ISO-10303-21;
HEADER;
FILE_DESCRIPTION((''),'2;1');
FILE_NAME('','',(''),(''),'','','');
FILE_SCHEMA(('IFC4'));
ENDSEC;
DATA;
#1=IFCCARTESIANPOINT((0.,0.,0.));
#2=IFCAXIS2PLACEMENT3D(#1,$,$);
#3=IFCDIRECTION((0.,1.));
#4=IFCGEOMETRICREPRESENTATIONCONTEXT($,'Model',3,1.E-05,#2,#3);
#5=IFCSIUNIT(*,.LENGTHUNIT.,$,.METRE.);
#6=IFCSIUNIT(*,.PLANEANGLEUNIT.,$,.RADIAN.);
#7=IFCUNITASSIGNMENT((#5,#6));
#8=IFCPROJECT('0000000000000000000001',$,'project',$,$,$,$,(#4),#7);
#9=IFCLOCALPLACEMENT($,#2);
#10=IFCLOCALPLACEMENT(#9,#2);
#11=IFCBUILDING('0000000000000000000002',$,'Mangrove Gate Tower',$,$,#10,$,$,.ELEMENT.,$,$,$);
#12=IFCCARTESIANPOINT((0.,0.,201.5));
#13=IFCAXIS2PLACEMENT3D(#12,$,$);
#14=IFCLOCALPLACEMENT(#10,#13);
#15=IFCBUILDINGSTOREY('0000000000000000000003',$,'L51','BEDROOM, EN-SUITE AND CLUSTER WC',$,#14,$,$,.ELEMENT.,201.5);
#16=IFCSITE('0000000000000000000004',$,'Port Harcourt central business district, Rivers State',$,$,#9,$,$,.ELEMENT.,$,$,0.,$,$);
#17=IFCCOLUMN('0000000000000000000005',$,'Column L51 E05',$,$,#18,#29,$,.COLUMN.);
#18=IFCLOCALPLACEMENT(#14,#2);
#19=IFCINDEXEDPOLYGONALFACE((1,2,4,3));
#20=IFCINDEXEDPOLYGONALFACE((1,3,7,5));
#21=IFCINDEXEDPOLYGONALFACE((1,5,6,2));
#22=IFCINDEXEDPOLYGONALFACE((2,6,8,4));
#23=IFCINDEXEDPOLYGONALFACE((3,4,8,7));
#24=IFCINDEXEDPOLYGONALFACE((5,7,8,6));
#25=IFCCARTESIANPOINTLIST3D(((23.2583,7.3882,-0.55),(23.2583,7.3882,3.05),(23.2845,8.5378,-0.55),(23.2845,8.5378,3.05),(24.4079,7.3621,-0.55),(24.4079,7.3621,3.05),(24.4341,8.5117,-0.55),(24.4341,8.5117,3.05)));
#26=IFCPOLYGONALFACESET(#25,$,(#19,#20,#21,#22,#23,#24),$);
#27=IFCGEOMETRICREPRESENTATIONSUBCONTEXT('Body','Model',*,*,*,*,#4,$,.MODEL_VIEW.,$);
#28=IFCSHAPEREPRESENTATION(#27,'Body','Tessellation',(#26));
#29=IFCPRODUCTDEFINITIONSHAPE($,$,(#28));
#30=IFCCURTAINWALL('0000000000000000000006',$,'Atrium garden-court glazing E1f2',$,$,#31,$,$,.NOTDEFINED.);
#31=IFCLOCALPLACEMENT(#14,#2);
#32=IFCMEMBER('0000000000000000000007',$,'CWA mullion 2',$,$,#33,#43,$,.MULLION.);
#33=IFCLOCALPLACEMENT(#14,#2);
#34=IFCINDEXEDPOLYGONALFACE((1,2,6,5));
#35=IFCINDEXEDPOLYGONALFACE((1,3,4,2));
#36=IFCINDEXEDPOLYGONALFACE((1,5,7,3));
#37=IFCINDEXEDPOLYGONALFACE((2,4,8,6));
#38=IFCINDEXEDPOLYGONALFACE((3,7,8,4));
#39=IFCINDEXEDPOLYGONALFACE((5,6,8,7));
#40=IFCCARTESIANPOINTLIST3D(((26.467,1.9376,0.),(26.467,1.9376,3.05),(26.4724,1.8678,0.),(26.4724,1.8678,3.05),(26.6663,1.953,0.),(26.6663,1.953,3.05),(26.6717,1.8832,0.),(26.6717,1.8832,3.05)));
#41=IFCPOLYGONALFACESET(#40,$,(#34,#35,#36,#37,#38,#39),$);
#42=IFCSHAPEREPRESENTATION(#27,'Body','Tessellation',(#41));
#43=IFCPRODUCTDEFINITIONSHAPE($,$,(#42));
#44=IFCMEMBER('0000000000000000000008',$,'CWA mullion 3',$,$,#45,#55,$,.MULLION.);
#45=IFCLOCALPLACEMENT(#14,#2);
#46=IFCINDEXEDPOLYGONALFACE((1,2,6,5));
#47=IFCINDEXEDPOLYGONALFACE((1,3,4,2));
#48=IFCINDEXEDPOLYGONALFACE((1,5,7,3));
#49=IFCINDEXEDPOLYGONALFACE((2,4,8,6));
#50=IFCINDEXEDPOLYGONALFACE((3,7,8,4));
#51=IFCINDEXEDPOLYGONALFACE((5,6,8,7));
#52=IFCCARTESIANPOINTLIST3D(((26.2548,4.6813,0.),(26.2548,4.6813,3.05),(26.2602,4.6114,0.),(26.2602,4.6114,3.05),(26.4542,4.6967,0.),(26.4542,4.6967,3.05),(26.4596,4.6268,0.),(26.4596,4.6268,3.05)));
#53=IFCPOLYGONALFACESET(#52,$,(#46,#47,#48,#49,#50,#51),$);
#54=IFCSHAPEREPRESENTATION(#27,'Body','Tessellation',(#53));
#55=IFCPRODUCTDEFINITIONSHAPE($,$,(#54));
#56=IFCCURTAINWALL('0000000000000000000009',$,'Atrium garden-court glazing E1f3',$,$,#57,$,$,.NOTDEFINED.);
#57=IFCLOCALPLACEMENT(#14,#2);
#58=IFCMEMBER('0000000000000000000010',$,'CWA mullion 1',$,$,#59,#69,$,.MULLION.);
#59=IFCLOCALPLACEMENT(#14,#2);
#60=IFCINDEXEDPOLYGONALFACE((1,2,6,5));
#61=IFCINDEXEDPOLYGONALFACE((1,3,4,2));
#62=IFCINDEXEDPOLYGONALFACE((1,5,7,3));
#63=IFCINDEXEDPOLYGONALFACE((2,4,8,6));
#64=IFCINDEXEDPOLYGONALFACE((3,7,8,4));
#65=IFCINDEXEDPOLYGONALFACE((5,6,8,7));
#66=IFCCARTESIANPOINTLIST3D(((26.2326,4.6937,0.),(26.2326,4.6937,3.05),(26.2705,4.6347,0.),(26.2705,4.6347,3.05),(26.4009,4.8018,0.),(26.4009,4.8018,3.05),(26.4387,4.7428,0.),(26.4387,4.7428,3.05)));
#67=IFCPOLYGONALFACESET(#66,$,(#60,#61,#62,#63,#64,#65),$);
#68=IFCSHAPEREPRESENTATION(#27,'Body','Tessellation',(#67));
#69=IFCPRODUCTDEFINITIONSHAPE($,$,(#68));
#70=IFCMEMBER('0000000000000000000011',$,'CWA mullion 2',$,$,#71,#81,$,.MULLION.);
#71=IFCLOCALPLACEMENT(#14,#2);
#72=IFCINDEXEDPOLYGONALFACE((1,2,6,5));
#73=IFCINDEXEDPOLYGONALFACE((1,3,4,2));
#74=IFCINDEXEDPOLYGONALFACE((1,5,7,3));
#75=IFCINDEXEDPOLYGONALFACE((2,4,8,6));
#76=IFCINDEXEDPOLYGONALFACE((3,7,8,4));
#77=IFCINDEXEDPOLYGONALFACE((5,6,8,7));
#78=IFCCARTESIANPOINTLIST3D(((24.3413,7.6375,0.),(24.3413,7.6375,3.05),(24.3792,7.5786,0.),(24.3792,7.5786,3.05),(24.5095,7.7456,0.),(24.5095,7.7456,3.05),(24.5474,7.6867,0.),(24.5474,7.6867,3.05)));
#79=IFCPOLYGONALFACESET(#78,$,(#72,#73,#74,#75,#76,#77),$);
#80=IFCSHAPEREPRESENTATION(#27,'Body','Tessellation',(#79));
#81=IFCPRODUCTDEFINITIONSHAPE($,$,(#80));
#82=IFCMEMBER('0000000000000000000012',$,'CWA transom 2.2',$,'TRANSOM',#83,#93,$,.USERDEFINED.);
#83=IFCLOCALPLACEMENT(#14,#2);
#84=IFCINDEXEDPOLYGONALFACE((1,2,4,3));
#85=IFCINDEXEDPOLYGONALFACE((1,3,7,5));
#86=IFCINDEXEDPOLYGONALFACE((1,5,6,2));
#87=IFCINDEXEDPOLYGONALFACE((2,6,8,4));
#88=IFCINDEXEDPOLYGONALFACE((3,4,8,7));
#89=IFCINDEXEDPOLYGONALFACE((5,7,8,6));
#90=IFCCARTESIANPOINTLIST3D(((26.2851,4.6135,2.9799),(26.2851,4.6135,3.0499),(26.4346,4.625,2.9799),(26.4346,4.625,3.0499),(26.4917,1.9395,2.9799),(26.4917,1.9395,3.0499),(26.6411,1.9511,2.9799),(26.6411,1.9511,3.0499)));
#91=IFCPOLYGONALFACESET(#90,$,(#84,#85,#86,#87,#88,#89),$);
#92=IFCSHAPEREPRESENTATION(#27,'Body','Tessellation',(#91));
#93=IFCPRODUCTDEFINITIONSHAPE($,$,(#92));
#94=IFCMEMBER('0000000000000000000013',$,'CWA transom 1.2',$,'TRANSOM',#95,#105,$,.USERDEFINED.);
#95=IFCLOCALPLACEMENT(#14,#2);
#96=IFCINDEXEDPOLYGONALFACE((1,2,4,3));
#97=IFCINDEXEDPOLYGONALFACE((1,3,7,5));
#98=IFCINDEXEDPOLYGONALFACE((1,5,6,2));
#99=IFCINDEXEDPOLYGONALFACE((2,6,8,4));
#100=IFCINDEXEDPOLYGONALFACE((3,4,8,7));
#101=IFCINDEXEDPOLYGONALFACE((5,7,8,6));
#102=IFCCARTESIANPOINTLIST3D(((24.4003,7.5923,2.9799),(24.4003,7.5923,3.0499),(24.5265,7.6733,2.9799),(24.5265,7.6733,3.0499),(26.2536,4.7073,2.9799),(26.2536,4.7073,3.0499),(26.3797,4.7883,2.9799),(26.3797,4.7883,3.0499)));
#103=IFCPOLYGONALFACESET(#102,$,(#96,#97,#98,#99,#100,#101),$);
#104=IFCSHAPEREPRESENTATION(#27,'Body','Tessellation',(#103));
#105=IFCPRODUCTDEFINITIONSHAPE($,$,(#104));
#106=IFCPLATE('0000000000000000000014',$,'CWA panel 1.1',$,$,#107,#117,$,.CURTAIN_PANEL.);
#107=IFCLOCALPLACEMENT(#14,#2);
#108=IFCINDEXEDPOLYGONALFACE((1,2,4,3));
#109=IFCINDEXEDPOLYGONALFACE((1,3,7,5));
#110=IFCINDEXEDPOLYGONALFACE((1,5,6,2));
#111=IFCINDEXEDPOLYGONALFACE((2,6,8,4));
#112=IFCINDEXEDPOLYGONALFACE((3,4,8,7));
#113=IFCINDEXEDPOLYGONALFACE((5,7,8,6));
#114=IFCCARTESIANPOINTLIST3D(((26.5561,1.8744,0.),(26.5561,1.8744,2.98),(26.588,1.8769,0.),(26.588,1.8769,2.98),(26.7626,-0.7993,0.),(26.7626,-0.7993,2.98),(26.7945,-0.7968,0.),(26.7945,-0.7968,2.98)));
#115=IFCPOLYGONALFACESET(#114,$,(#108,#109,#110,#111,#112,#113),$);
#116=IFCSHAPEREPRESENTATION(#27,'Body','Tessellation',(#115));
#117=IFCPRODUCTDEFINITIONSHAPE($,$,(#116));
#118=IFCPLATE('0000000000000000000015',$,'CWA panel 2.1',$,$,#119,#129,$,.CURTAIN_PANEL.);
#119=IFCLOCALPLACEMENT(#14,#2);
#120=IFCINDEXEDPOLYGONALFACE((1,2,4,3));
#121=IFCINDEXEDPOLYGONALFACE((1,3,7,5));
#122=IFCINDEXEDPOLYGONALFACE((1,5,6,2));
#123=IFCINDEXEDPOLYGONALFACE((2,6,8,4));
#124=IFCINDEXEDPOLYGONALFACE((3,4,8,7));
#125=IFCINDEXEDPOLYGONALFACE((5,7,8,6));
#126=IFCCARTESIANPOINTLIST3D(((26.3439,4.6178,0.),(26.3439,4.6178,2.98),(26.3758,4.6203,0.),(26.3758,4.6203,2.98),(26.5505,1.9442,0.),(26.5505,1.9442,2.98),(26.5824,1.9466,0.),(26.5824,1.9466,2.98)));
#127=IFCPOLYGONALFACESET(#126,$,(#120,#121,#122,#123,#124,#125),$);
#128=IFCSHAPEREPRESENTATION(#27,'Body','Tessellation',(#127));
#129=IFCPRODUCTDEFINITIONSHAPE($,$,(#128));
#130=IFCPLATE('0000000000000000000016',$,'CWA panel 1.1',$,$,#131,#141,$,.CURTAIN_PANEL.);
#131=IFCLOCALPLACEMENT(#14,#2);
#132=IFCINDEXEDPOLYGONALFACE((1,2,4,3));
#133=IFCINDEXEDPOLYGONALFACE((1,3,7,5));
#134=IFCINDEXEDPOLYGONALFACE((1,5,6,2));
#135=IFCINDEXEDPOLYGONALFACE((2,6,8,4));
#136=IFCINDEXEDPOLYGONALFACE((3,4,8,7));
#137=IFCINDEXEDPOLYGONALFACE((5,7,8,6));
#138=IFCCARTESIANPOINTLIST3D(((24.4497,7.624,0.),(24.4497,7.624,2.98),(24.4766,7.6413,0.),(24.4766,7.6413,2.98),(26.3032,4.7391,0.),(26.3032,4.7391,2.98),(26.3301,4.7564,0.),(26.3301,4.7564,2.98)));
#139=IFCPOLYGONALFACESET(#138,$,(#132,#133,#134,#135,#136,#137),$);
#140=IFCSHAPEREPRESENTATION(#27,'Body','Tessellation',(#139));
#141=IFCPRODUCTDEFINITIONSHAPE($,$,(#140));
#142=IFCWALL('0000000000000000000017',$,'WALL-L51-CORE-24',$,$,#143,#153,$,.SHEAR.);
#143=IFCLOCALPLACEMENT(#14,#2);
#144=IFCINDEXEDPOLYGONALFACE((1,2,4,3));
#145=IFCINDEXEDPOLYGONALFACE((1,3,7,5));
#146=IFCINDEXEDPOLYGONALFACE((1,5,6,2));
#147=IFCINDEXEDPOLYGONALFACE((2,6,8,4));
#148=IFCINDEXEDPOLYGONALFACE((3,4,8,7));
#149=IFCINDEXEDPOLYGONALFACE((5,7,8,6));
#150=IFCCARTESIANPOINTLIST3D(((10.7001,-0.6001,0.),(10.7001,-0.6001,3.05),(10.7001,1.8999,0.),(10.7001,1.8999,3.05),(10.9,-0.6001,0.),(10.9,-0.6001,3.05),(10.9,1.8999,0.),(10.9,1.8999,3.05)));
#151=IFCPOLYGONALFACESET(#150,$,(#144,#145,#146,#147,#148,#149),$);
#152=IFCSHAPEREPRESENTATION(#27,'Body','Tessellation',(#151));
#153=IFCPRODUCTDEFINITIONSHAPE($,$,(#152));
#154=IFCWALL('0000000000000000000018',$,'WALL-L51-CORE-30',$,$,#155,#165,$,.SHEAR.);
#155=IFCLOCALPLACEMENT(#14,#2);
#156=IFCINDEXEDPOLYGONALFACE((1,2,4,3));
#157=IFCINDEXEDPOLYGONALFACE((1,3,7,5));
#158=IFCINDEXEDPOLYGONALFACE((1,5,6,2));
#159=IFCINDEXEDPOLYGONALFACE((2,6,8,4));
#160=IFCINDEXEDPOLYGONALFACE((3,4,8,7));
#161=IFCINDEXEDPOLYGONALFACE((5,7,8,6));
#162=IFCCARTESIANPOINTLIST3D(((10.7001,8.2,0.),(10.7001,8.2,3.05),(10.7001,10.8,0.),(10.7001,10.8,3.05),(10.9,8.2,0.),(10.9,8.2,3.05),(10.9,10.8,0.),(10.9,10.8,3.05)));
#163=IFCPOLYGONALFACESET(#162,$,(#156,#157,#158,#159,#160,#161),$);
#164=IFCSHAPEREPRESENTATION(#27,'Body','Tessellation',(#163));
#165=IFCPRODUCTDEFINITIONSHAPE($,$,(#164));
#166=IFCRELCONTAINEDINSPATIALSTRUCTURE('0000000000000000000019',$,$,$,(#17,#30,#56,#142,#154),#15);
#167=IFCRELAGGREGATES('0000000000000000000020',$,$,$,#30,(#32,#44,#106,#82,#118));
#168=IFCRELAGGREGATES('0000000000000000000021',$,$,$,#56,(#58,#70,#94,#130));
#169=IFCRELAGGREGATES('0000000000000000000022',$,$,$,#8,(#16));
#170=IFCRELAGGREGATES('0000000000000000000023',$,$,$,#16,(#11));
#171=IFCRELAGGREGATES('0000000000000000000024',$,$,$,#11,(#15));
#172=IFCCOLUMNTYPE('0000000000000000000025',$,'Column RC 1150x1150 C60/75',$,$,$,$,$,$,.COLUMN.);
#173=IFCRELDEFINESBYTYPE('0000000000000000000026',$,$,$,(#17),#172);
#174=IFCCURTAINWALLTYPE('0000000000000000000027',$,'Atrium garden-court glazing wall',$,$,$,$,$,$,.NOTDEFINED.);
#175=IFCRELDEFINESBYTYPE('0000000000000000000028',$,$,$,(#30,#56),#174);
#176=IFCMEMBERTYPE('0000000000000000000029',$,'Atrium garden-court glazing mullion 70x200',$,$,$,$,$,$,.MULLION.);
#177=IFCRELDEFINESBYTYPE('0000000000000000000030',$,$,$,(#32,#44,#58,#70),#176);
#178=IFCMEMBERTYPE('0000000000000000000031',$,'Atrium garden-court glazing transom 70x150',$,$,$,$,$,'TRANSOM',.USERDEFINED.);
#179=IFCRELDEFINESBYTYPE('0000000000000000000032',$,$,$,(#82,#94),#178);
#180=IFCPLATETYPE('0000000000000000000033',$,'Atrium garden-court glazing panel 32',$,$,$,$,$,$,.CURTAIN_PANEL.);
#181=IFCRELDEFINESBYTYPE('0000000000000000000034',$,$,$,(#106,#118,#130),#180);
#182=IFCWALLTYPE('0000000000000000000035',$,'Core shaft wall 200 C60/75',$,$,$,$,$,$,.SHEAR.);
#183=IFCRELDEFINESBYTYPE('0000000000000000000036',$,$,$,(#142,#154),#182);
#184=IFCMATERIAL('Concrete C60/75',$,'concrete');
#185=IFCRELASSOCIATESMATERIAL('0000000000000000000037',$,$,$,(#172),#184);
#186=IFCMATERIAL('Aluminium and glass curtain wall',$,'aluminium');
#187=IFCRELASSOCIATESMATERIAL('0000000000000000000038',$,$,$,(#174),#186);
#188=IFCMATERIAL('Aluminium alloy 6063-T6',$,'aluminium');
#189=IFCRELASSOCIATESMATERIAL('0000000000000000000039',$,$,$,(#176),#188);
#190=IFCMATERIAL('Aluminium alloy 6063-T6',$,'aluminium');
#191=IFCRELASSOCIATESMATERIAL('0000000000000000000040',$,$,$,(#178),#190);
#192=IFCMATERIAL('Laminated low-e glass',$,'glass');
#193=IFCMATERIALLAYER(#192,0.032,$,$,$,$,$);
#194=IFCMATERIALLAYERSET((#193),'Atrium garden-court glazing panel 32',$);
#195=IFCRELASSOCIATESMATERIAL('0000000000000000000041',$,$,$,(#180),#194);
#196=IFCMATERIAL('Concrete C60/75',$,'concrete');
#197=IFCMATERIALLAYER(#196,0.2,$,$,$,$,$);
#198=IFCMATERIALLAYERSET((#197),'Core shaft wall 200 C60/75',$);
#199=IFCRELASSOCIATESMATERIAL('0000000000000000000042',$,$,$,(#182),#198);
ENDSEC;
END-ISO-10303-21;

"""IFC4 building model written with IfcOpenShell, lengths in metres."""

from ifc_helpers import new_model, si_unit, direction, frame, frame_2d, origin, origin_2d, place, context, subcontext, project, spatial, rectangle, extrude, material, layer, layer_set, material_profile, profile_set, type_object, element, aggregate, save


model = new_model("IFC4")

# Units and contexts
model_context = context("Model", 3, precision=1e-05, world=origin(), true_north=direction((0.0, 1.0)))
body_context = subcontext(model_context, "Body", "Model", "MODEL_VIEW")
ifc_project = project(units=[si_unit("LENGTHUNIT", "METRE"), si_unit("PLANEANGLEUNIT", "RADIAN")], contexts=[model_context])

# Site, building, storey
site_placement = place(None, origin())
site = spatial("IfcSite", under=ifc_project, at=site_placement, Name="Port Harcourt central business district, Rivers State", CompositionType="ELEMENT", RefElevation=0.0)
building_placement = place(site_placement, origin())
building = spatial("IfcBuilding", under=site, at=building_placement, Name="Mangrove Gate Tower", CompositionType="ELEMENT")
storey_placement = place(building_placement, frame((0.0, 0.0, 201.5)))
storey = spatial("IfcBuildingStorey", under=building, at=storey_placement, Name="L51", Description="BEDROOM, EN-SUITE AND CLUSTER WC", CompositionType="ELEMENT", Elevation=201.5)

# Column
ifc_material_1 = material(Name="Concrete C60/75", Category="concrete")
ifc_material_profile_1 = material_profile(ifc_material_1, rectangle(XDim=1.1499, YDim=1.1499, at=origin_2d()))
ifc_profile_set_1 = profile_set([ifc_material_profile_1], Name="Concrete C60/75")
column_type = type_object("IfcColumnType", Name="Column RC 1150x1150 C60/75", PredefinedType="COLUMN", material=ifc_profile_set_1)
column_placement = place(storey_placement, frame((23.8462, 7.95, -0.55), z_axis=(0.0, 0.0, 1.0), x_axis=(0.022719, 0.999742, 0.0)))
element("IfcColumn", 1, at=column_placement, inside=storey, type_object=column_type, Name="Column L51 E05", PredefinedType="COLUMN", context=body_context, shape_type="SweptSolid", body=[
    extrude(rectangle(XDim=1.1499, YDim=1.1499, at=origin_2d()), origin(), (0.0, 0.0, 1.0), 3.6001),
])

# Curtain walls, members
ifc_material_2 = material(Name="Aluminium and glass curtain wall", Category="aluminium")
curtain_wall_type = type_object("IfcCurtainWallType", Name="Atrium garden-court glazing wall", PredefinedType="NOTDEFINED", material=ifc_material_2)
curtain_wall_1_placement = place(storey_placement, origin())
curtain_wall_1 = element("IfcCurtainWall", 2, at=curtain_wall_1_placement, inside=storey, type_object=curtain_wall_type, Name="Atrium garden-court glazing E1f2", PredefinedType="NOTDEFINED")
ifc_material_3 = material(Name="Aluminium alloy 6063-T6", Category="aluminium")
ifc_material_profile_2 = material_profile(ifc_material_3, rectangle(XDim=0.0701, YDim=0.2, at=origin_2d()))
ifc_profile_set_2 = profile_set([ifc_material_profile_2], Name="Aluminium alloy 6063-T6")
member_type_1 = type_object("IfcMemberType", Name="Atrium garden-court glazing mullion 70x200", PredefinedType="MULLION", material=ifc_profile_set_2)
member_1_placement = place(storey_placement, frame((26.5693, 1.9104, 0.0), z_axis=(0.0, 0.0, 1.0), x_axis=(-0.077023, 0.997029, 0.0)))
member_1 = element("IfcMember", 3, at=member_1_placement, type_object=member_type_1, Name="CWA mullion 2", PredefinedType="MULLION", context=body_context, shape_type="SweptSolid", body=[
    extrude(rectangle(XDim=0.0701, YDim=0.2, at=origin_2d()), origin(), (0.0, 0.0, 1.0), 3.05),
])
member_2_placement = place(storey_placement, frame((26.3572, 4.6541, 0.0), z_axis=(0.0, 0.0, 1.0), x_axis=(-0.077023, 0.997029, 0.0)))
member_2 = element("IfcMember", 4, at=member_2_placement, type_object=member_type_1, Name="CWA mullion 3", PredefinedType="MULLION", context=body_context, shape_type="SweptSolid", body=[
    extrude(rectangle(XDim=0.0701, YDim=0.2, at=origin_2d()), origin(), (0.0, 0.0, 1.0), 3.05),
])
curtain_wall_2_placement = place(storey_placement, origin())
curtain_wall_2 = element("IfcCurtainWall", 5, at=curtain_wall_2_placement, inside=storey, type_object=curtain_wall_type, Name="Atrium garden-court glazing E1f3", PredefinedType="NOTDEFINED")
member_3_placement = place(storey_placement, frame((26.3357, 4.7183, 0.0), z_axis=(0.0, 0.0, 1.0), x_axis=(-0.540523, 0.841329, 0.0)))
member_3 = element("IfcMember", 6, at=member_3_placement, type_object=member_type_1, Name="CWA mullion 1", PredefinedType="MULLION", context=body_context, shape_type="SweptSolid", body=[
    extrude(rectangle(XDim=0.0701, YDim=0.2, at=origin_2d()), origin(), (0.0, 0.0, 1.0), 3.05),
])
member_4_placement = place(storey_placement, frame((24.4443, 7.6621, 0.0), z_axis=(0.0, 0.0, 1.0), x_axis=(-0.540523, 0.841329, 0.0)))
member_4 = element("IfcMember", 7, at=member_4_placement, type_object=member_type_1, Name="CWA mullion 2", PredefinedType="MULLION", context=body_context, shape_type="SweptSolid", body=[
    extrude(rectangle(XDim=0.0701, YDim=0.2, at=origin_2d()), origin(), (0.0, 0.0, 1.0), 3.05),
])

# Members
ifc_material_4 = material(Name="Aluminium alloy 6063-T6", Category="aluminium")
ifc_material_profile_3 = material_profile(ifc_material_4, rectangle(XDim=0.0701, YDim=0.1499, at=origin_2d()))
ifc_profile_set_3 = profile_set([ifc_material_profile_3], Name="Aluminium alloy 6063-T6")
member_type_2 = type_object("IfcMemberType", Name="Atrium garden-court glazing transom 70x150", ElementType="TRANSOM", PredefinedType="USERDEFINED", material=ifc_profile_set_3)
member_5_placement = place(storey_placement, frame((26.5664, 1.9453, 3.0149), z_axis=(-0.077017, 0.99703, 0.0), x_axis=(0.0, 0.0, 1.0)))
member_5 = element("IfcMember", 8, at=member_5_placement, type_object=member_type_2, Name="CWA transom 2.2", ObjectType="TRANSOM", PredefinedType="USERDEFINED", context=body_context, shape_type="SweptSolid", body=[
    extrude(rectangle(XDim=0.0701, YDim=0.1499, at=origin_2d()), origin(), (0.0, 0.0, 1.0), 2.6819),
])
member_6_placement = place(storey_placement, frame((26.3167, 4.7478, 3.0149), z_axis=(-0.540473, 0.841361, 0.0), x_axis=(0.0, 0.0, 1.0)))
member_6 = element("IfcMember", 9, at=member_6_placement, type_object=member_type_2, Name="CWA transom 1.2", ObjectType="TRANSOM", PredefinedType="USERDEFINED", context=body_context, shape_type="SweptSolid", body=[
    extrude(rectangle(XDim=0.0701, YDim=0.1499, at=origin_2d()), origin(), (0.0, 0.0, 1.0), 3.429),
])

# Plates
ifc_material_5 = material(Name="Laminated low-e glass", Category="glass")
ifc_layer_1 = layer(ifc_material_5, 0.032)
ifc_layer_set_1 = layer_set([ifc_layer_1], Name="Atrium garden-court glazing panel 32")
plate_type = type_object("IfcPlateType", Name="Atrium garden-court glazing panel 32", PredefinedType="CURTAIN_PANEL", material=ifc_layer_set_1)
plate_1_placement = place(storey_placement, frame((26.6753, 0.5388, 0.0), z_axis=(0.0, 0.0, 1.0), x_axis=(-0.077023, 0.997029, 0.0)))
plate_1 = element("IfcPlate", 10, at=plate_1_placement, type_object=plate_type, Name="CWA panel 1.1", PredefinedType="CURTAIN_PANEL", context=body_context, shape_type="SweptSolid", body=[
    extrude(rectangle(XDim=2.6816, YDim=0.032, at=origin_2d()), origin(), (0.0, 0.0, 1.0), 2.98),
])
plate_2_placement = place(storey_placement, frame((26.4631, 3.2822, 0.0), z_axis=(0.0, 0.0, 1.0), x_axis=(-0.077023, 0.997029, 0.0)))
plate_2 = element("IfcPlate", 11, at=plate_2_placement, type_object=plate_type, Name="CWA panel 2.1", PredefinedType="CURTAIN_PANEL", context=body_context, shape_type="SweptSolid", body=[
    extrude(rectangle(XDim=2.6816, YDim=0.032, at=origin_2d()), origin(), (0.0, 0.0, 1.0), 2.98),
])
aggregate(curtain_wall_1, [member_1, member_2, plate_1, member_5, plate_2])
plate_3_placement = place(storey_placement, frame((25.3899, 6.1902, 0.0), z_axis=(0.0, 0.0, 1.0), x_axis=(-0.540523, 0.841329, 0.0)))
plate_3 = element("IfcPlate", 12, at=plate_3_placement, type_object=plate_type, Name="CWA panel 1.1", PredefinedType="CURTAIN_PANEL", context=body_context, shape_type="SweptSolid", body=[
    extrude(rectangle(XDim=3.429, YDim=0.032, at=origin_2d()), origin(), (0.0, 0.0, 1.0), 2.98),
])
aggregate(curtain_wall_2, [member_3, member_4, member_6, plate_3])

# Walls
ifc_material_6 = material(Name="Concrete C60/75", Category="concrete")
ifc_layer_2 = layer(ifc_material_6, 0.2)
ifc_layer_set_2 = layer_set([ifc_layer_2], Name="Core shaft wall 200 C60/75")
wall_type_1 = type_object("IfcWallType", Name="Core shaft wall 200 C60/75", PredefinedType="SHEAR", material=ifc_layer_set_2)
wall_1_placement = place(storey_placement, frame((10.8, -0.6001, 0.0), z_axis=(0.0, 0.0, 1.0), x_axis=(0.0, 1.0, 0.0)))
element("IfcWall", 13, at=wall_1_placement, inside=storey, type_object=wall_type_1, Name="WALL-L51-CORE-24", PredefinedType="SHEAR", context=body_context, shape_type="SweptSolid", body=[
    extrude(rectangle(XDim=2.5, YDim=0.2, at=frame_2d((1.25, 0.0))), origin(), (0.0, 0.0, 1.0), 3.05),
])
wall_2_placement = place(storey_placement, frame((10.8, 8.2, 0.0), z_axis=(0.0, 0.0, 1.0), x_axis=(0.0, 1.0, 0.0)))
element("IfcWall", 14, at=wall_2_placement, inside=storey, type_object=wall_type_1, Name="WALL-L51-CORE-30", PredefinedType="SHEAR", context=body_context, shape_type="SweptSolid", body=[
    extrude(rectangle(XDim=2.6001, YDim=0.2, at=frame_2d((1.3, 0.0))), origin(), (0.0, 0.0, 1.0), 3.05),
])

save(model, "model.ifc")
